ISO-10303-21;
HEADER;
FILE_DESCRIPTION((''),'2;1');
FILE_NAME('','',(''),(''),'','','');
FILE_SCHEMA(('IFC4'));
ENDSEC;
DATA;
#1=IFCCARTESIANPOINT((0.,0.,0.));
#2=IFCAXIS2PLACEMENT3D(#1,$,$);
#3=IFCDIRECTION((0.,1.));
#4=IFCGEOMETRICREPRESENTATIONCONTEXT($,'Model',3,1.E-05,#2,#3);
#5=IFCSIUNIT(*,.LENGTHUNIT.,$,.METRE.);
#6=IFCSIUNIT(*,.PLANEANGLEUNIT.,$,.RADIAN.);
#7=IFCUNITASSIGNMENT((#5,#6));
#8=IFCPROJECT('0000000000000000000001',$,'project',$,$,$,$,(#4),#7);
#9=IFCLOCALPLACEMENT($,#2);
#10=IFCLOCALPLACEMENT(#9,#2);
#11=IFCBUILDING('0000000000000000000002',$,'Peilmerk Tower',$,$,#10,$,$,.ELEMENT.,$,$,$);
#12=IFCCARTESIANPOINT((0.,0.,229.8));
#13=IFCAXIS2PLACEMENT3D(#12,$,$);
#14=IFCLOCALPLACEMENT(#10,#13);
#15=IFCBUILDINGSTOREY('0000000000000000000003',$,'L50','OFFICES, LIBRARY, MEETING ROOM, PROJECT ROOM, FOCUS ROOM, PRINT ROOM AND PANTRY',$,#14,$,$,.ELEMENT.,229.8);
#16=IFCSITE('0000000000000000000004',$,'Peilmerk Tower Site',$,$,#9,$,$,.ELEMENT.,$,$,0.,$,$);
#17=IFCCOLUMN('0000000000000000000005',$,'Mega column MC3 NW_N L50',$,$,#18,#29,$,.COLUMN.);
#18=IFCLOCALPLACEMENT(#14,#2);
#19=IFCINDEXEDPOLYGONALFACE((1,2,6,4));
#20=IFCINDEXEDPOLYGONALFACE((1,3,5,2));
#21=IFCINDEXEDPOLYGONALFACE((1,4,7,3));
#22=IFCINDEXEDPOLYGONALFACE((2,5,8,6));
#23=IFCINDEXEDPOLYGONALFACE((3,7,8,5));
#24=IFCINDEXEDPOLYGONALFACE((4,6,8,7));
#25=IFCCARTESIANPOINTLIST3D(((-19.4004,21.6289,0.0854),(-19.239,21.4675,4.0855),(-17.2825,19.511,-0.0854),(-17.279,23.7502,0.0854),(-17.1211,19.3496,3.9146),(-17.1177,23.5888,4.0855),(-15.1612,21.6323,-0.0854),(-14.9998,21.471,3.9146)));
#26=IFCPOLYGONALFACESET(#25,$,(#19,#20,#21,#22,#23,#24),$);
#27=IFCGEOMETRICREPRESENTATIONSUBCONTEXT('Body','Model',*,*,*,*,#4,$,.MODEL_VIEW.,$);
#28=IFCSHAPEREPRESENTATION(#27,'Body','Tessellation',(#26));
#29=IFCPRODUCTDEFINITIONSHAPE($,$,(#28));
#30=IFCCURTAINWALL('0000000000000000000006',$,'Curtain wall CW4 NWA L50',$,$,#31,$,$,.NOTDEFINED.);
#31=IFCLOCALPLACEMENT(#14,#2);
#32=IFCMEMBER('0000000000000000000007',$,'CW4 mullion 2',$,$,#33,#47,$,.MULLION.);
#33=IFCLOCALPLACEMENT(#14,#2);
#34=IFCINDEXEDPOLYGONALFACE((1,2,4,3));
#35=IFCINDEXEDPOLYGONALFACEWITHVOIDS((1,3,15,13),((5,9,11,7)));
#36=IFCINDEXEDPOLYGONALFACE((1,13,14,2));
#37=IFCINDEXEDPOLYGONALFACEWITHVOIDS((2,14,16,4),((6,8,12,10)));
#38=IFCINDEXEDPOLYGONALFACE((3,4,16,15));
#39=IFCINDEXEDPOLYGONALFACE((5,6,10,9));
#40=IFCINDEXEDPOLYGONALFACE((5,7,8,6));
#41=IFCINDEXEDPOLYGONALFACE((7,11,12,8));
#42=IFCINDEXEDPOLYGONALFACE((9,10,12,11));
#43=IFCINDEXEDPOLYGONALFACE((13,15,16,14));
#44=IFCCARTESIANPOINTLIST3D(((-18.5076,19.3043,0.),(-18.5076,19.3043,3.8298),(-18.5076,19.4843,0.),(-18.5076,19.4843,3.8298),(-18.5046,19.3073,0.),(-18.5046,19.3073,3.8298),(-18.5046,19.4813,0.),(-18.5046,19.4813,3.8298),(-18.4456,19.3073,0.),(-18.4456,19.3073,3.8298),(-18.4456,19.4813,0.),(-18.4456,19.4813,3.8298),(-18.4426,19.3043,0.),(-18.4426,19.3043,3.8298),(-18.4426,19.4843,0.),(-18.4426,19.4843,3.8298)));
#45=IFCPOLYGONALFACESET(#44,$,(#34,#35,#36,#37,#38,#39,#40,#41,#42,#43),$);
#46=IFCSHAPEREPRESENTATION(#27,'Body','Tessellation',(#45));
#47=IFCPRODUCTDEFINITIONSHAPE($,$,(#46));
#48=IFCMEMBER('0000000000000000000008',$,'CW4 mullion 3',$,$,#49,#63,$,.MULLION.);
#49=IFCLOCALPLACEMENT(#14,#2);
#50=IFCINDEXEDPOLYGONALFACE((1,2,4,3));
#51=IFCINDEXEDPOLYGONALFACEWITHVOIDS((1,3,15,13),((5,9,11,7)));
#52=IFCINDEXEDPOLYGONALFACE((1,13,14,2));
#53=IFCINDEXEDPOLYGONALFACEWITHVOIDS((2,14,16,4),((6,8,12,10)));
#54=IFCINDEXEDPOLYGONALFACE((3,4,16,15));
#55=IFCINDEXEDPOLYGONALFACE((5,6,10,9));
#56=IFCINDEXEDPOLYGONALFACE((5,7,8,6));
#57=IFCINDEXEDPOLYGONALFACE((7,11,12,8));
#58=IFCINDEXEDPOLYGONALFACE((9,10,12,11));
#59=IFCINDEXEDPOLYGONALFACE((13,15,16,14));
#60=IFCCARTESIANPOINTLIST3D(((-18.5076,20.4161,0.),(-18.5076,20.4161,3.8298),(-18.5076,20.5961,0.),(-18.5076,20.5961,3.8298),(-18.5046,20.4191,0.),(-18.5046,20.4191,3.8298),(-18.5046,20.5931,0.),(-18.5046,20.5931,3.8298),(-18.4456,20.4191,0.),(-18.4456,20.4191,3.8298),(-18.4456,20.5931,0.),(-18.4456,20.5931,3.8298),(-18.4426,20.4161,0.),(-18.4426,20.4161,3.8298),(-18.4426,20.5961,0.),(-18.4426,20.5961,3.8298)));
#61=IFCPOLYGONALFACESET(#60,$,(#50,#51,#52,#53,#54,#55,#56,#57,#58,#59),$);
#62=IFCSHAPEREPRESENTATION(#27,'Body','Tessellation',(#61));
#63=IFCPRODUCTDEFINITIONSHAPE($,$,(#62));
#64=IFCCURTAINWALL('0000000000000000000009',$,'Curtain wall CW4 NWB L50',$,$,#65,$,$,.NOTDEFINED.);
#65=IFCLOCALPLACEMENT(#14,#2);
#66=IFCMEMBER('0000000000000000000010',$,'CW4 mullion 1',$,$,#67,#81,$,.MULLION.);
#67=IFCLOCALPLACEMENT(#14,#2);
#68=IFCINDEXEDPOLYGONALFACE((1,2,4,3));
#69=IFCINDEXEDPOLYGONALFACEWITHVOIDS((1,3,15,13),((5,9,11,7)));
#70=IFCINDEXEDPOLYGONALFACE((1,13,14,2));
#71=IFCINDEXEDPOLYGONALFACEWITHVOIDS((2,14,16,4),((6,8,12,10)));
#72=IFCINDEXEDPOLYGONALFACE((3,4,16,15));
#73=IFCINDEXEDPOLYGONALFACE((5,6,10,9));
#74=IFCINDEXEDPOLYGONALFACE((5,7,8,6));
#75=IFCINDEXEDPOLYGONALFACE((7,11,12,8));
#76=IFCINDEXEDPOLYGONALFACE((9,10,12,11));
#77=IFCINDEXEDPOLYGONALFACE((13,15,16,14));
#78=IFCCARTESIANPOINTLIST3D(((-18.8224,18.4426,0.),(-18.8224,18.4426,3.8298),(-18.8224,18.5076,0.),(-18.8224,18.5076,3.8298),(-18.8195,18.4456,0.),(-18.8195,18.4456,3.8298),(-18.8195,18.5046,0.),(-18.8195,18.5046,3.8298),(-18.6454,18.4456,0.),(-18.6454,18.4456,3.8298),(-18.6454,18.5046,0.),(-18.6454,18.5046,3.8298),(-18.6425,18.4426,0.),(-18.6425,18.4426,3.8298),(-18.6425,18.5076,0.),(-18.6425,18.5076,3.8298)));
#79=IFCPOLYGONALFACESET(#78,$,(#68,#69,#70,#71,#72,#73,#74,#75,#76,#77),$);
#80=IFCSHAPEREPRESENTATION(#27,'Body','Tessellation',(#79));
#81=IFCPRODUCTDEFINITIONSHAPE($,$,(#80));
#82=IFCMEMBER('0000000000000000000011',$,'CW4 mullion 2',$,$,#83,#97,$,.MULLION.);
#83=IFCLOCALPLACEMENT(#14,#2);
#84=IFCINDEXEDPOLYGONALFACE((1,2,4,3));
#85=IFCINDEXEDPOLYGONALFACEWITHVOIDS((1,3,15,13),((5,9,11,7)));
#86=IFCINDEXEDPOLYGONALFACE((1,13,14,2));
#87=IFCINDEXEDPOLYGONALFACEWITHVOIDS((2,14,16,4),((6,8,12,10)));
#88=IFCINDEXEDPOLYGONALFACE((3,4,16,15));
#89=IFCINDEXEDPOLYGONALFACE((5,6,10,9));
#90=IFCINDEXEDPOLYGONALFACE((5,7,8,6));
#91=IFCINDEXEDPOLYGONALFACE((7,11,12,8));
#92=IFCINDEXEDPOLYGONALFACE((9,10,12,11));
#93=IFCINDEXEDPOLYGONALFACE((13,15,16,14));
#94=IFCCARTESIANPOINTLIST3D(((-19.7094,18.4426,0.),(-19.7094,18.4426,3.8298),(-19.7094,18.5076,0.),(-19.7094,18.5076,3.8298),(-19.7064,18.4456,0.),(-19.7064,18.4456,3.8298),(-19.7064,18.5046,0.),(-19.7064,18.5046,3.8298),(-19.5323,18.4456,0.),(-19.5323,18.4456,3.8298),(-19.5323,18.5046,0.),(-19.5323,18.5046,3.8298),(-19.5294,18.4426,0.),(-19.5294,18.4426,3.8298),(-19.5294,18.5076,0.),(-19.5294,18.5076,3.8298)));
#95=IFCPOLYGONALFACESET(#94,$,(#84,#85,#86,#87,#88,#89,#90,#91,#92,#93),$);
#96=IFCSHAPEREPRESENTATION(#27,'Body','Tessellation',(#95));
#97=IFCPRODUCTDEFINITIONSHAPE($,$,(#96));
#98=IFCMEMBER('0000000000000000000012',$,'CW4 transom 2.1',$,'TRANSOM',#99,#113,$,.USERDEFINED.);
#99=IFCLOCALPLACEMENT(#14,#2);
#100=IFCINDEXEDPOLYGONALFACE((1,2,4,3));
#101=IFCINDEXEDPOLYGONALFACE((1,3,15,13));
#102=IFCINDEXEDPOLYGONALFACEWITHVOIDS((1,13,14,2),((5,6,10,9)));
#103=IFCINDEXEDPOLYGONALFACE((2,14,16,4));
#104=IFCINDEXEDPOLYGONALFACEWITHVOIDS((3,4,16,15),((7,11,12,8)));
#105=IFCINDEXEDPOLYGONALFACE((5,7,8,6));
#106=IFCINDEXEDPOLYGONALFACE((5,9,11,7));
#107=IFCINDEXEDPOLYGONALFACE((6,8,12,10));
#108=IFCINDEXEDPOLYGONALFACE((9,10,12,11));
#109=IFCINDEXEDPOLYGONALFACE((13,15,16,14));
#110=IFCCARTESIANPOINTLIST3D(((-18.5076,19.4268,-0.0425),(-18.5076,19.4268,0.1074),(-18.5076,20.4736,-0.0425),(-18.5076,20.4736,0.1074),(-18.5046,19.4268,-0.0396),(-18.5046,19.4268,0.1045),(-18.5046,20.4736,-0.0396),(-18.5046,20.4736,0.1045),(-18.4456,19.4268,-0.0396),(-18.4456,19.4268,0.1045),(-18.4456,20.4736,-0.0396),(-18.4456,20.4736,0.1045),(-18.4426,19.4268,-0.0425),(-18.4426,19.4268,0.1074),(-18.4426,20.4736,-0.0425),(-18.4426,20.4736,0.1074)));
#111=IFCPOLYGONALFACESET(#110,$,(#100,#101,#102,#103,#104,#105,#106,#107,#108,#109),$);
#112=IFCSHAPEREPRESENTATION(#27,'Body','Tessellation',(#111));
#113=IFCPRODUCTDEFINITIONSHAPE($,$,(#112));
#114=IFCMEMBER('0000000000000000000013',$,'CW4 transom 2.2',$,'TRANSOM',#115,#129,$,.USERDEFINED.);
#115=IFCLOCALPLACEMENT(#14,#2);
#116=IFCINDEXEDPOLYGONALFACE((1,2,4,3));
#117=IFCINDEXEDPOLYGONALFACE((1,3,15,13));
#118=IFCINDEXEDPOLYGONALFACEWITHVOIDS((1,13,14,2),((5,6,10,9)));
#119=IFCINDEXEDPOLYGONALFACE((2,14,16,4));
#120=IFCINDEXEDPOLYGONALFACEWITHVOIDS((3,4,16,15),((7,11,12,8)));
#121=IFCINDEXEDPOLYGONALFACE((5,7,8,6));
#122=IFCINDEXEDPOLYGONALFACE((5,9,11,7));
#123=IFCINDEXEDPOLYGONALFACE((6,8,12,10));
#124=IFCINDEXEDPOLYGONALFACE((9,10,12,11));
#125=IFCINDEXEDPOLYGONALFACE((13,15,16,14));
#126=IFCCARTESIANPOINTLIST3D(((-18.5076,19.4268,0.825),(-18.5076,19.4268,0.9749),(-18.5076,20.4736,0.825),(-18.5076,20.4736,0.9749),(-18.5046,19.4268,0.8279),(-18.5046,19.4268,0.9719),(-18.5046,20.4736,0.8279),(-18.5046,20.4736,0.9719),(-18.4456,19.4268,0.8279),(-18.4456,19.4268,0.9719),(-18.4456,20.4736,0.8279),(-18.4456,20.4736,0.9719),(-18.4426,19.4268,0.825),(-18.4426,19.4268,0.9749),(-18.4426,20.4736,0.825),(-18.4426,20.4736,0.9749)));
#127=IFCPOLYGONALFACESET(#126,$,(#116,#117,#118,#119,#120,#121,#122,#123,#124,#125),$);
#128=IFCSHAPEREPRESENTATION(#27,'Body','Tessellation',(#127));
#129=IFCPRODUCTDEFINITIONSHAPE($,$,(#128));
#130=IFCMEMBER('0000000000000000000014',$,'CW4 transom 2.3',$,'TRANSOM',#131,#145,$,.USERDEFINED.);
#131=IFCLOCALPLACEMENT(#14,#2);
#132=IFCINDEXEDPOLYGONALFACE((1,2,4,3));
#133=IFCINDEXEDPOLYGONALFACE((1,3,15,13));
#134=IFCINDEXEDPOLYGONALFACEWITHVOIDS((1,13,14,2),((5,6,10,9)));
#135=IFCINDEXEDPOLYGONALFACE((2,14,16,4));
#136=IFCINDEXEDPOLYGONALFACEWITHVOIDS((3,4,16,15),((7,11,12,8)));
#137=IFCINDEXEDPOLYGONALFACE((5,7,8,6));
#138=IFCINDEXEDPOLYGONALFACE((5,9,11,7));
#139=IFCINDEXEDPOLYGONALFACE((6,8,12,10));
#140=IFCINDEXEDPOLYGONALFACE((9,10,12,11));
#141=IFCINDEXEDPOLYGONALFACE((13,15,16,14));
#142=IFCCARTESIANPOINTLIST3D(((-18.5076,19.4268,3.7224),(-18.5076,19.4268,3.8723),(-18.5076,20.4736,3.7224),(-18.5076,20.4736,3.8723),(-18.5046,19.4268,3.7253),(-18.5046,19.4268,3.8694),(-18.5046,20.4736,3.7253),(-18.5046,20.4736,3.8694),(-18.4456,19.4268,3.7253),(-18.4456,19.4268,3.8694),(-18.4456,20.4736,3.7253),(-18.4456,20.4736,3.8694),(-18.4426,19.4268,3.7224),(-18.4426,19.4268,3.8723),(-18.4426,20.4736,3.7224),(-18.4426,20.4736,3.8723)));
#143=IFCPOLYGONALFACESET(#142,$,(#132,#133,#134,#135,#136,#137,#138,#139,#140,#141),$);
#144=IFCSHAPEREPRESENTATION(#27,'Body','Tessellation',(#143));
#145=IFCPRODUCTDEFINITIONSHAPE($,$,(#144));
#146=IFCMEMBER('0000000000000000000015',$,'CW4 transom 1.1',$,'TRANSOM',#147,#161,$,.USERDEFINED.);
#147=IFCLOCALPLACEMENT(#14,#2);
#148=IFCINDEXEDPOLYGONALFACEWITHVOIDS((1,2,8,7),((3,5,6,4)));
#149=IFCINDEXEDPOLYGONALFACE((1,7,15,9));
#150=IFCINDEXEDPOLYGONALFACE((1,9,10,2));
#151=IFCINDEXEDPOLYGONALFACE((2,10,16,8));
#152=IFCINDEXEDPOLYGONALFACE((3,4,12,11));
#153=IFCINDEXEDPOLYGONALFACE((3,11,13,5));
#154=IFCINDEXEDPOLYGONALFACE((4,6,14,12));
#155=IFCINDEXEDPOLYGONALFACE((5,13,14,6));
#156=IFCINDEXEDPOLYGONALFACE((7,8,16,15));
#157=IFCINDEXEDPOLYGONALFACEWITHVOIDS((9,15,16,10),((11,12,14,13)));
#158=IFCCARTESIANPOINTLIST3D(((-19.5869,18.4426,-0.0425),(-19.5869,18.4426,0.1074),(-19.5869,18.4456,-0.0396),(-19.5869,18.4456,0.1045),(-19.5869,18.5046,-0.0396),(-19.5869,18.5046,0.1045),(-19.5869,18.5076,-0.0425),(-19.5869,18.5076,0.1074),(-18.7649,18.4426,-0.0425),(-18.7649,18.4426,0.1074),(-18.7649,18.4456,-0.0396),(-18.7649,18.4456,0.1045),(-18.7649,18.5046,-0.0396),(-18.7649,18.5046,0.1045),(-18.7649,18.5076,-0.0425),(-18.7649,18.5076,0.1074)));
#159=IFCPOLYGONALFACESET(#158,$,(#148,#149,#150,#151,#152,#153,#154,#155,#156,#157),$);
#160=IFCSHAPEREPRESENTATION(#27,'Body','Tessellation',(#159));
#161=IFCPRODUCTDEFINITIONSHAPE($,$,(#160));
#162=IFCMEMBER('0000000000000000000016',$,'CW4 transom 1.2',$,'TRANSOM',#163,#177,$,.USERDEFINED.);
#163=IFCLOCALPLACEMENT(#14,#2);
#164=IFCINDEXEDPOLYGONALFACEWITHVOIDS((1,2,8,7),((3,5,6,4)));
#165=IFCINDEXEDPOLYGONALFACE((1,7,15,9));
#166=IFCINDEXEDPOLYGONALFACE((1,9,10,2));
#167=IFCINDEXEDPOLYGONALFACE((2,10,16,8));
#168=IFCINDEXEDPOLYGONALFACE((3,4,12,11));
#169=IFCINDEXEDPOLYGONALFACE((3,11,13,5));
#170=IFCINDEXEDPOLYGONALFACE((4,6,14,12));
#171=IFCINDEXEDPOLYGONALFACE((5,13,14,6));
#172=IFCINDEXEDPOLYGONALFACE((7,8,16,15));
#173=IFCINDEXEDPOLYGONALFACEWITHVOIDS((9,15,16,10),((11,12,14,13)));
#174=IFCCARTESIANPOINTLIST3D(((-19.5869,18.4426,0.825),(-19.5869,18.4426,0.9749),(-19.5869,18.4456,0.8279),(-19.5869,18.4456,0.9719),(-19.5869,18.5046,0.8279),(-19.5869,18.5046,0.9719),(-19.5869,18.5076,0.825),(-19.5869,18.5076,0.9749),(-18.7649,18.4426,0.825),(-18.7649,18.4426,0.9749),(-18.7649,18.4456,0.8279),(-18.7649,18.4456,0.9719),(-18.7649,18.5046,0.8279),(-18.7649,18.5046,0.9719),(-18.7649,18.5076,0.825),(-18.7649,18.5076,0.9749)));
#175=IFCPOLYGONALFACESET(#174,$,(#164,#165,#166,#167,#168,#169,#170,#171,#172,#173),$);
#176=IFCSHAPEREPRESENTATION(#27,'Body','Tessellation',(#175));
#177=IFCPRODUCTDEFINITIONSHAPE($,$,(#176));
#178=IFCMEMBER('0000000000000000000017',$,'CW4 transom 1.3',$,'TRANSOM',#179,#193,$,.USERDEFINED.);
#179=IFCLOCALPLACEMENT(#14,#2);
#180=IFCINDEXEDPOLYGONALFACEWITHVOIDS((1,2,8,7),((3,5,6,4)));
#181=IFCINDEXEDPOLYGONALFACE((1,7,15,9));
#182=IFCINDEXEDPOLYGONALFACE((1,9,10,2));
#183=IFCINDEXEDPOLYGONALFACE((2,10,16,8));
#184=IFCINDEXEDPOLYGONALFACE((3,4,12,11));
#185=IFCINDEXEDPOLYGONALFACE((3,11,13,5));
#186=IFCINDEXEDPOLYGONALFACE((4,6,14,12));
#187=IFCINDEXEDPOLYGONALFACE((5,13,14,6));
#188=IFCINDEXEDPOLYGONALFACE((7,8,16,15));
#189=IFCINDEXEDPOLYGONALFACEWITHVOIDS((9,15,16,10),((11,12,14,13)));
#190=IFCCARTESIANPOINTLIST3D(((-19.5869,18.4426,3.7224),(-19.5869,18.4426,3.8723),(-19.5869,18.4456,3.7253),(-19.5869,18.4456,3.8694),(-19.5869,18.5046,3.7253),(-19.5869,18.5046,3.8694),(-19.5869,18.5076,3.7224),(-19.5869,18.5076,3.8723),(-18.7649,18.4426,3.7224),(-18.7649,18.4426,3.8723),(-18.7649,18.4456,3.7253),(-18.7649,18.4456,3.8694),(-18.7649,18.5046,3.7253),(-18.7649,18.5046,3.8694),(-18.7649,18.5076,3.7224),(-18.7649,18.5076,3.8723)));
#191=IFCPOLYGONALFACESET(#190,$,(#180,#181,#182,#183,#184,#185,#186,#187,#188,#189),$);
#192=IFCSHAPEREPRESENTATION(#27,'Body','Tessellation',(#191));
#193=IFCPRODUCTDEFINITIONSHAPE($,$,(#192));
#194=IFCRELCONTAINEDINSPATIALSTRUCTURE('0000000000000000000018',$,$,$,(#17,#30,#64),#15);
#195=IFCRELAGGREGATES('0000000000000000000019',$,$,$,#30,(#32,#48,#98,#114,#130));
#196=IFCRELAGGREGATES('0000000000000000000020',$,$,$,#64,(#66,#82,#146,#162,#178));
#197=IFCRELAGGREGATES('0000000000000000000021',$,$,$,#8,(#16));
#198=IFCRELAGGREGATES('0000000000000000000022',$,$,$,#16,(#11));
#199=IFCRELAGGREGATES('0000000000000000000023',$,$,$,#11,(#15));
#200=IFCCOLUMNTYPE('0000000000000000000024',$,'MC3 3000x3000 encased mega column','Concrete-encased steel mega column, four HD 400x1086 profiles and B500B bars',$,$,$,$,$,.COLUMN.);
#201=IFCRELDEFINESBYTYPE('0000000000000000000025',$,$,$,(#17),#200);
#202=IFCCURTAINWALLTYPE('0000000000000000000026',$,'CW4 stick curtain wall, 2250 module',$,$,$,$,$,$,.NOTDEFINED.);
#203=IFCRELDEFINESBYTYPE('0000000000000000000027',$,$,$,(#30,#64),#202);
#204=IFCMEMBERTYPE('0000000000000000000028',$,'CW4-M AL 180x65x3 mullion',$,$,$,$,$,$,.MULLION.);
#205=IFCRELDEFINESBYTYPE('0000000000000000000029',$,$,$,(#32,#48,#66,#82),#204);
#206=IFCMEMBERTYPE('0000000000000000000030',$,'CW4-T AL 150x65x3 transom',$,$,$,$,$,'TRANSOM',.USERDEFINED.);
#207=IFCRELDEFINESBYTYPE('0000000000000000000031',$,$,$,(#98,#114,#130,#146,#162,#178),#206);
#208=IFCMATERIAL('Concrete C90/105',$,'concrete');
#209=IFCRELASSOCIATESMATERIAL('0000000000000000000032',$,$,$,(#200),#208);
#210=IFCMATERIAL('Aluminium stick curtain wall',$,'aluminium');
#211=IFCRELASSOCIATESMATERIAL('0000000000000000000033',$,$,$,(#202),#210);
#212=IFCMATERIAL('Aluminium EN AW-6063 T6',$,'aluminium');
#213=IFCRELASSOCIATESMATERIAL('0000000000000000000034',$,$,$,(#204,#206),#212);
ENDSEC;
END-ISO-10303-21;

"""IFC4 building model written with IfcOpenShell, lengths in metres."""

from ifc_helpers import new_model, si_unit, direction, frame, origin, origin_2d, place, context, subcontext, project, spatial, rectangle, hollow_rectangle, extrude, material, material_profile, profile_set, type_object, element, aggregate, save


model = new_model("IFC4")

# Units and contexts
model_context = context("Model", 3, precision=1e-05, world=origin(), true_north=direction((0.0, 1.0)))
body_context = subcontext(model_context, "Body", "Model", "MODEL_VIEW")
ifc_project = project(units=[si_unit("LENGTHUNIT", "METRE"), si_unit("PLANEANGLEUNIT", "RADIAN")], contexts=[model_context])

# Site, building, storey
site_placement = place(None, origin())
site = spatial("IfcSite", under=ifc_project, at=site_placement, Name="Peilmerk Tower Site", CompositionType="ELEMENT", RefElevation=0.0)
building_placement = place(site_placement, origin())
building = spatial("IfcBuilding", under=site, at=building_placement, Name="Peilmerk Tower", CompositionType="ELEMENT")
storey_placement = place(building_placement, frame((0.0, 0.0, 229.8)))
storey = spatial("IfcBuildingStorey", under=building, at=storey_placement, Name="L50", Description="OFFICES, LIBRARY, MEETING ROOM, PROJECT ROOM, FOCUS ROOM, PRINT ROOM AND PANTRY", CompositionType="ELEMENT", Elevation=229.8)

# Column
ifc_material_1 = material(Name="Concrete C90/105", Category="concrete")
ifc_material_profile_1 = material_profile(ifc_material_1, rectangle(XDim=3.0, YDim=3.0, at=origin_2d()), Name="RC 3000x3000")
ifc_profile_set_1 = profile_set([ifc_material_profile_1], Name="Concrete C90/105")
column_type = type_object("IfcColumnType", Name="MC3 3000x3000 encased mega column", Description="Concrete-encased steel mega column, four HD 400x1086 profiles and B500B bars", PredefinedType="COLUMN", material=ifc_profile_set_1)
column_placement = place(storey_placement, frame((-17.2808, 21.6306, 0.0), z_axis=(0.040279, -0.040279, 0.998376), x_axis=(0.707107, 0.707107, 0.0)))
element("IfcColumn", 1, at=column_placement, inside=storey, type_object=column_type, Name="Mega column MC3 NW_N L50", PredefinedType="COLUMN", context=body_context, shape_type="SweptSolid", body=[
    extrude(rectangle(XDim=3.0, YDim=3.0, at=origin_2d()), origin(), (0.0, 0.0, 1.0), 4.0066),
])

# Curtain walls, members
ifc_material_2 = material(Name="Aluminium stick curtain wall", Category="aluminium")
curtain_wall_type = type_object("IfcCurtainWallType", Name="CW4 stick curtain wall, 2250 module", PredefinedType="NOTDEFINED", material=ifc_material_2)
curtain_wall_1_placement = place(storey_placement, origin())
curtain_wall_1 = element("IfcCurtainWall", 2, at=curtain_wall_1_placement, inside=storey, type_object=curtain_wall_type, Name="Curtain wall CW4 NWA L50", PredefinedType="NOTDEFINED")
ifc_material_3 = material(Name="Aluminium EN AW-6063 T6", Category="aluminium")
ifc_material_profile_2 = material_profile(ifc_material_3, hollow_rectangle(XDim=0.0649, YDim=0.1799, WallThickness=0.0029, at=origin_2d()), Name="AL 180x65x3")
ifc_profile_set_2 = profile_set([ifc_material_profile_2], Name="Aluminium EN AW-6063 T6")
member_type_1 = type_object("IfcMemberType", Name="CW4-M AL 180x65x3 mullion", PredefinedType="MULLION", material=ifc_profile_set_2)
member_1_placement = place(storey_placement, frame((-18.4751, 19.3943, 0.0), z_axis=(0.0, 0.0, 1.0), x_axis=(-1.0, 0.0, 0.0)))
member_1 = element("IfcMember", 3, at=member_1_placement, type_object=member_type_1, Name="CW4 mullion 2", PredefinedType="MULLION", context=body_context, shape_type="SweptSolid", body=[
    extrude(hollow_rectangle(XDim=0.0649, YDim=0.1799, WallThickness=0.0029, at=origin_2d()), origin(), (0.0, 0.0, 1.0), 3.8298),
])
member_2_placement = place(storey_placement, frame((-18.4751, 20.5061, 0.0), z_axis=(0.0, 0.0, 1.0), x_axis=(-1.0, 0.0, 0.0)))
member_2 = element("IfcMember", 4, at=member_2_placement, type_object=member_type_1, Name="CW4 mullion 3", PredefinedType="MULLION", context=body_context, shape_type="SweptSolid", body=[
    extrude(hollow_rectangle(XDim=0.0649, YDim=0.1799, WallThickness=0.0029, at=origin_2d()), origin(), (0.0, 0.0, 1.0), 3.8298),
])
curtain_wall_2_placement = place(storey_placement, origin())
curtain_wall_2 = element("IfcCurtainWall", 5, at=curtain_wall_2_placement, inside=storey, type_object=curtain_wall_type, Name="Curtain wall CW4 NWB L50", PredefinedType="NOTDEFINED")
member_3_placement = place(storey_placement, frame((-18.7324, 18.4751, 0.0), z_axis=(0.0, 0.0, 1.0), x_axis=(0.0, -1.0, 0.0)))
member_3 = element("IfcMember", 6, at=member_3_placement, type_object=member_type_1, Name="CW4 mullion 1", PredefinedType="MULLION", context=body_context, shape_type="SweptSolid", body=[
    extrude(hollow_rectangle(XDim=0.0649, YDim=0.1799, WallThickness=0.0029, at=origin_2d()), origin(), (0.0, 0.0, 1.0), 3.8298),
])
member_4_placement = place(storey_placement, frame((-19.6194, 18.4751, 0.0), z_axis=(0.0, 0.0, 1.0), x_axis=(0.0, -1.0, 0.0)))
member_4 = element("IfcMember", 7, at=member_4_placement, type_object=member_type_1, Name="CW4 mullion 2", PredefinedType="MULLION", context=body_context, shape_type="SweptSolid", body=[
    extrude(hollow_rectangle(XDim=0.0649, YDim=0.1799, WallThickness=0.0029, at=origin_2d()), origin(), (0.0, 0.0, 1.0), 3.8298),
])

# Members
ifc_material_profile_3 = material_profile(ifc_material_3, hollow_rectangle(XDim=0.0649, YDim=0.1499, WallThickness=0.0029, at=origin_2d()), Name="AL 150x65x3")
ifc_profile_set_3 = profile_set([ifc_material_profile_3], Name="Aluminium EN AW-6063 T6")
member_type_2 = type_object("IfcMemberType", Name="CW4-T AL 150x65x3 transom", ElementType="TRANSOM", PredefinedType="USERDEFINED", material=ifc_profile_set_3)
member_5_placement = place(storey_placement, frame((-18.4751, 19.4268, 0.0325), z_axis=(0.0, 1.0, 0.0), x_axis=(-1.0, 0.0, 0.0)))
member_5 = element("IfcMember", 8, at=member_5_placement, type_object=member_type_2, Name="CW4 transom 2.1", ObjectType="TRANSOM", PredefinedType="USERDEFINED", context=body_context, shape_type="SweptSolid", body=[
    extrude(hollow_rectangle(XDim=0.0649, YDim=0.1499, WallThickness=0.0029, at=origin_2d()), origin(), (0.0, 0.0, 1.0), 1.0469),
])
member_6_placement = place(storey_placement, frame((-18.4751, 19.4268, 0.8999), z_axis=(0.0, 1.0, 0.0), x_axis=(-1.0, 0.0, 0.0)))
member_6 = element("IfcMember", 9, at=member_6_placement, type_object=member_type_2, Name="CW4 transom 2.2", ObjectType="TRANSOM", PredefinedType="USERDEFINED", context=body_context, shape_type="SweptSolid", body=[
    extrude(hollow_rectangle(XDim=0.0649, YDim=0.1499, WallThickness=0.0029, at=origin_2d()), origin(), (0.0, 0.0, 1.0), 1.0469),
])
member_7_placement = place(storey_placement, frame((-18.4751, 19.4268, 3.7974), z_axis=(0.0, 1.0, 0.0), x_axis=(-1.0, 0.0, 0.0)))
member_7 = element("IfcMember", 10, at=member_7_placement, type_object=member_type_2, Name="CW4 transom 2.3", ObjectType="TRANSOM", PredefinedType="USERDEFINED", context=body_context, shape_type="SweptSolid", body=[
    extrude(hollow_rectangle(XDim=0.0649, YDim=0.1499, WallThickness=0.0029, at=origin_2d()), origin(), (0.0, 0.0, 1.0), 1.0469),
])
member_8_placement = place(storey_placement, frame((-18.7649, 18.4751, 0.0325), z_axis=(-1.0, 0.0, 0.0), x_axis=(0.0, -1.0, 0.0)))
member_8 = element("IfcMember", 11, at=member_8_placement, type_object=member_type_2, Name="CW4 transom 1.1", ObjectType="TRANSOM", PredefinedType="USERDEFINED", context=body_context, shape_type="SweptSolid", body=[
    extrude(hollow_rectangle(XDim=0.0649, YDim=0.1499, WallThickness=0.0029, at=origin_2d()), origin(), (0.0, 0.0, 1.0), 0.822),
])
member_9_placement = place(storey_placement, frame((-18.7649, 18.4751, 0.8999), z_axis=(-1.0, 0.0, 0.0), x_axis=(0.0, -1.0, 0.0)))
member_9 = element("IfcMember", 12, at=member_9_placement, type_object=member_type_2, Name="CW4 transom 1.2", ObjectType="TRANSOM", PredefinedType="USERDEFINED", context=body_context, shape_type="SweptSolid", body=[
    extrude(hollow_rectangle(XDim=0.0649, YDim=0.1499, WallThickness=0.0029, at=origin_2d()), origin(), (0.0, 0.0, 1.0), 0.822),
])
member_10_placement = place(storey_placement, frame((-18.7649, 18.4751, 3.7974), z_axis=(-1.0, 0.0, 0.0), x_axis=(0.0, -1.0, 0.0)))
member_10 = element("IfcMember", 13, at=member_10_placement, type_object=member_type_2, Name="CW4 transom 1.3", ObjectType="TRANSOM", PredefinedType="USERDEFINED", context=body_context, shape_type="SweptSolid", body=[
    extrude(hollow_rectangle(XDim=0.0649, YDim=0.1499, WallThickness=0.0029, at=origin_2d()), origin(), (0.0, 0.0, 1.0), 0.822),
])

aggregate(curtain_wall_1, [member_1, member_2, member_5, member_6, member_7])
aggregate(curtain_wall_2, [member_3, member_4, member_8, member_9, member_10])

save(model, "model.ifc")
